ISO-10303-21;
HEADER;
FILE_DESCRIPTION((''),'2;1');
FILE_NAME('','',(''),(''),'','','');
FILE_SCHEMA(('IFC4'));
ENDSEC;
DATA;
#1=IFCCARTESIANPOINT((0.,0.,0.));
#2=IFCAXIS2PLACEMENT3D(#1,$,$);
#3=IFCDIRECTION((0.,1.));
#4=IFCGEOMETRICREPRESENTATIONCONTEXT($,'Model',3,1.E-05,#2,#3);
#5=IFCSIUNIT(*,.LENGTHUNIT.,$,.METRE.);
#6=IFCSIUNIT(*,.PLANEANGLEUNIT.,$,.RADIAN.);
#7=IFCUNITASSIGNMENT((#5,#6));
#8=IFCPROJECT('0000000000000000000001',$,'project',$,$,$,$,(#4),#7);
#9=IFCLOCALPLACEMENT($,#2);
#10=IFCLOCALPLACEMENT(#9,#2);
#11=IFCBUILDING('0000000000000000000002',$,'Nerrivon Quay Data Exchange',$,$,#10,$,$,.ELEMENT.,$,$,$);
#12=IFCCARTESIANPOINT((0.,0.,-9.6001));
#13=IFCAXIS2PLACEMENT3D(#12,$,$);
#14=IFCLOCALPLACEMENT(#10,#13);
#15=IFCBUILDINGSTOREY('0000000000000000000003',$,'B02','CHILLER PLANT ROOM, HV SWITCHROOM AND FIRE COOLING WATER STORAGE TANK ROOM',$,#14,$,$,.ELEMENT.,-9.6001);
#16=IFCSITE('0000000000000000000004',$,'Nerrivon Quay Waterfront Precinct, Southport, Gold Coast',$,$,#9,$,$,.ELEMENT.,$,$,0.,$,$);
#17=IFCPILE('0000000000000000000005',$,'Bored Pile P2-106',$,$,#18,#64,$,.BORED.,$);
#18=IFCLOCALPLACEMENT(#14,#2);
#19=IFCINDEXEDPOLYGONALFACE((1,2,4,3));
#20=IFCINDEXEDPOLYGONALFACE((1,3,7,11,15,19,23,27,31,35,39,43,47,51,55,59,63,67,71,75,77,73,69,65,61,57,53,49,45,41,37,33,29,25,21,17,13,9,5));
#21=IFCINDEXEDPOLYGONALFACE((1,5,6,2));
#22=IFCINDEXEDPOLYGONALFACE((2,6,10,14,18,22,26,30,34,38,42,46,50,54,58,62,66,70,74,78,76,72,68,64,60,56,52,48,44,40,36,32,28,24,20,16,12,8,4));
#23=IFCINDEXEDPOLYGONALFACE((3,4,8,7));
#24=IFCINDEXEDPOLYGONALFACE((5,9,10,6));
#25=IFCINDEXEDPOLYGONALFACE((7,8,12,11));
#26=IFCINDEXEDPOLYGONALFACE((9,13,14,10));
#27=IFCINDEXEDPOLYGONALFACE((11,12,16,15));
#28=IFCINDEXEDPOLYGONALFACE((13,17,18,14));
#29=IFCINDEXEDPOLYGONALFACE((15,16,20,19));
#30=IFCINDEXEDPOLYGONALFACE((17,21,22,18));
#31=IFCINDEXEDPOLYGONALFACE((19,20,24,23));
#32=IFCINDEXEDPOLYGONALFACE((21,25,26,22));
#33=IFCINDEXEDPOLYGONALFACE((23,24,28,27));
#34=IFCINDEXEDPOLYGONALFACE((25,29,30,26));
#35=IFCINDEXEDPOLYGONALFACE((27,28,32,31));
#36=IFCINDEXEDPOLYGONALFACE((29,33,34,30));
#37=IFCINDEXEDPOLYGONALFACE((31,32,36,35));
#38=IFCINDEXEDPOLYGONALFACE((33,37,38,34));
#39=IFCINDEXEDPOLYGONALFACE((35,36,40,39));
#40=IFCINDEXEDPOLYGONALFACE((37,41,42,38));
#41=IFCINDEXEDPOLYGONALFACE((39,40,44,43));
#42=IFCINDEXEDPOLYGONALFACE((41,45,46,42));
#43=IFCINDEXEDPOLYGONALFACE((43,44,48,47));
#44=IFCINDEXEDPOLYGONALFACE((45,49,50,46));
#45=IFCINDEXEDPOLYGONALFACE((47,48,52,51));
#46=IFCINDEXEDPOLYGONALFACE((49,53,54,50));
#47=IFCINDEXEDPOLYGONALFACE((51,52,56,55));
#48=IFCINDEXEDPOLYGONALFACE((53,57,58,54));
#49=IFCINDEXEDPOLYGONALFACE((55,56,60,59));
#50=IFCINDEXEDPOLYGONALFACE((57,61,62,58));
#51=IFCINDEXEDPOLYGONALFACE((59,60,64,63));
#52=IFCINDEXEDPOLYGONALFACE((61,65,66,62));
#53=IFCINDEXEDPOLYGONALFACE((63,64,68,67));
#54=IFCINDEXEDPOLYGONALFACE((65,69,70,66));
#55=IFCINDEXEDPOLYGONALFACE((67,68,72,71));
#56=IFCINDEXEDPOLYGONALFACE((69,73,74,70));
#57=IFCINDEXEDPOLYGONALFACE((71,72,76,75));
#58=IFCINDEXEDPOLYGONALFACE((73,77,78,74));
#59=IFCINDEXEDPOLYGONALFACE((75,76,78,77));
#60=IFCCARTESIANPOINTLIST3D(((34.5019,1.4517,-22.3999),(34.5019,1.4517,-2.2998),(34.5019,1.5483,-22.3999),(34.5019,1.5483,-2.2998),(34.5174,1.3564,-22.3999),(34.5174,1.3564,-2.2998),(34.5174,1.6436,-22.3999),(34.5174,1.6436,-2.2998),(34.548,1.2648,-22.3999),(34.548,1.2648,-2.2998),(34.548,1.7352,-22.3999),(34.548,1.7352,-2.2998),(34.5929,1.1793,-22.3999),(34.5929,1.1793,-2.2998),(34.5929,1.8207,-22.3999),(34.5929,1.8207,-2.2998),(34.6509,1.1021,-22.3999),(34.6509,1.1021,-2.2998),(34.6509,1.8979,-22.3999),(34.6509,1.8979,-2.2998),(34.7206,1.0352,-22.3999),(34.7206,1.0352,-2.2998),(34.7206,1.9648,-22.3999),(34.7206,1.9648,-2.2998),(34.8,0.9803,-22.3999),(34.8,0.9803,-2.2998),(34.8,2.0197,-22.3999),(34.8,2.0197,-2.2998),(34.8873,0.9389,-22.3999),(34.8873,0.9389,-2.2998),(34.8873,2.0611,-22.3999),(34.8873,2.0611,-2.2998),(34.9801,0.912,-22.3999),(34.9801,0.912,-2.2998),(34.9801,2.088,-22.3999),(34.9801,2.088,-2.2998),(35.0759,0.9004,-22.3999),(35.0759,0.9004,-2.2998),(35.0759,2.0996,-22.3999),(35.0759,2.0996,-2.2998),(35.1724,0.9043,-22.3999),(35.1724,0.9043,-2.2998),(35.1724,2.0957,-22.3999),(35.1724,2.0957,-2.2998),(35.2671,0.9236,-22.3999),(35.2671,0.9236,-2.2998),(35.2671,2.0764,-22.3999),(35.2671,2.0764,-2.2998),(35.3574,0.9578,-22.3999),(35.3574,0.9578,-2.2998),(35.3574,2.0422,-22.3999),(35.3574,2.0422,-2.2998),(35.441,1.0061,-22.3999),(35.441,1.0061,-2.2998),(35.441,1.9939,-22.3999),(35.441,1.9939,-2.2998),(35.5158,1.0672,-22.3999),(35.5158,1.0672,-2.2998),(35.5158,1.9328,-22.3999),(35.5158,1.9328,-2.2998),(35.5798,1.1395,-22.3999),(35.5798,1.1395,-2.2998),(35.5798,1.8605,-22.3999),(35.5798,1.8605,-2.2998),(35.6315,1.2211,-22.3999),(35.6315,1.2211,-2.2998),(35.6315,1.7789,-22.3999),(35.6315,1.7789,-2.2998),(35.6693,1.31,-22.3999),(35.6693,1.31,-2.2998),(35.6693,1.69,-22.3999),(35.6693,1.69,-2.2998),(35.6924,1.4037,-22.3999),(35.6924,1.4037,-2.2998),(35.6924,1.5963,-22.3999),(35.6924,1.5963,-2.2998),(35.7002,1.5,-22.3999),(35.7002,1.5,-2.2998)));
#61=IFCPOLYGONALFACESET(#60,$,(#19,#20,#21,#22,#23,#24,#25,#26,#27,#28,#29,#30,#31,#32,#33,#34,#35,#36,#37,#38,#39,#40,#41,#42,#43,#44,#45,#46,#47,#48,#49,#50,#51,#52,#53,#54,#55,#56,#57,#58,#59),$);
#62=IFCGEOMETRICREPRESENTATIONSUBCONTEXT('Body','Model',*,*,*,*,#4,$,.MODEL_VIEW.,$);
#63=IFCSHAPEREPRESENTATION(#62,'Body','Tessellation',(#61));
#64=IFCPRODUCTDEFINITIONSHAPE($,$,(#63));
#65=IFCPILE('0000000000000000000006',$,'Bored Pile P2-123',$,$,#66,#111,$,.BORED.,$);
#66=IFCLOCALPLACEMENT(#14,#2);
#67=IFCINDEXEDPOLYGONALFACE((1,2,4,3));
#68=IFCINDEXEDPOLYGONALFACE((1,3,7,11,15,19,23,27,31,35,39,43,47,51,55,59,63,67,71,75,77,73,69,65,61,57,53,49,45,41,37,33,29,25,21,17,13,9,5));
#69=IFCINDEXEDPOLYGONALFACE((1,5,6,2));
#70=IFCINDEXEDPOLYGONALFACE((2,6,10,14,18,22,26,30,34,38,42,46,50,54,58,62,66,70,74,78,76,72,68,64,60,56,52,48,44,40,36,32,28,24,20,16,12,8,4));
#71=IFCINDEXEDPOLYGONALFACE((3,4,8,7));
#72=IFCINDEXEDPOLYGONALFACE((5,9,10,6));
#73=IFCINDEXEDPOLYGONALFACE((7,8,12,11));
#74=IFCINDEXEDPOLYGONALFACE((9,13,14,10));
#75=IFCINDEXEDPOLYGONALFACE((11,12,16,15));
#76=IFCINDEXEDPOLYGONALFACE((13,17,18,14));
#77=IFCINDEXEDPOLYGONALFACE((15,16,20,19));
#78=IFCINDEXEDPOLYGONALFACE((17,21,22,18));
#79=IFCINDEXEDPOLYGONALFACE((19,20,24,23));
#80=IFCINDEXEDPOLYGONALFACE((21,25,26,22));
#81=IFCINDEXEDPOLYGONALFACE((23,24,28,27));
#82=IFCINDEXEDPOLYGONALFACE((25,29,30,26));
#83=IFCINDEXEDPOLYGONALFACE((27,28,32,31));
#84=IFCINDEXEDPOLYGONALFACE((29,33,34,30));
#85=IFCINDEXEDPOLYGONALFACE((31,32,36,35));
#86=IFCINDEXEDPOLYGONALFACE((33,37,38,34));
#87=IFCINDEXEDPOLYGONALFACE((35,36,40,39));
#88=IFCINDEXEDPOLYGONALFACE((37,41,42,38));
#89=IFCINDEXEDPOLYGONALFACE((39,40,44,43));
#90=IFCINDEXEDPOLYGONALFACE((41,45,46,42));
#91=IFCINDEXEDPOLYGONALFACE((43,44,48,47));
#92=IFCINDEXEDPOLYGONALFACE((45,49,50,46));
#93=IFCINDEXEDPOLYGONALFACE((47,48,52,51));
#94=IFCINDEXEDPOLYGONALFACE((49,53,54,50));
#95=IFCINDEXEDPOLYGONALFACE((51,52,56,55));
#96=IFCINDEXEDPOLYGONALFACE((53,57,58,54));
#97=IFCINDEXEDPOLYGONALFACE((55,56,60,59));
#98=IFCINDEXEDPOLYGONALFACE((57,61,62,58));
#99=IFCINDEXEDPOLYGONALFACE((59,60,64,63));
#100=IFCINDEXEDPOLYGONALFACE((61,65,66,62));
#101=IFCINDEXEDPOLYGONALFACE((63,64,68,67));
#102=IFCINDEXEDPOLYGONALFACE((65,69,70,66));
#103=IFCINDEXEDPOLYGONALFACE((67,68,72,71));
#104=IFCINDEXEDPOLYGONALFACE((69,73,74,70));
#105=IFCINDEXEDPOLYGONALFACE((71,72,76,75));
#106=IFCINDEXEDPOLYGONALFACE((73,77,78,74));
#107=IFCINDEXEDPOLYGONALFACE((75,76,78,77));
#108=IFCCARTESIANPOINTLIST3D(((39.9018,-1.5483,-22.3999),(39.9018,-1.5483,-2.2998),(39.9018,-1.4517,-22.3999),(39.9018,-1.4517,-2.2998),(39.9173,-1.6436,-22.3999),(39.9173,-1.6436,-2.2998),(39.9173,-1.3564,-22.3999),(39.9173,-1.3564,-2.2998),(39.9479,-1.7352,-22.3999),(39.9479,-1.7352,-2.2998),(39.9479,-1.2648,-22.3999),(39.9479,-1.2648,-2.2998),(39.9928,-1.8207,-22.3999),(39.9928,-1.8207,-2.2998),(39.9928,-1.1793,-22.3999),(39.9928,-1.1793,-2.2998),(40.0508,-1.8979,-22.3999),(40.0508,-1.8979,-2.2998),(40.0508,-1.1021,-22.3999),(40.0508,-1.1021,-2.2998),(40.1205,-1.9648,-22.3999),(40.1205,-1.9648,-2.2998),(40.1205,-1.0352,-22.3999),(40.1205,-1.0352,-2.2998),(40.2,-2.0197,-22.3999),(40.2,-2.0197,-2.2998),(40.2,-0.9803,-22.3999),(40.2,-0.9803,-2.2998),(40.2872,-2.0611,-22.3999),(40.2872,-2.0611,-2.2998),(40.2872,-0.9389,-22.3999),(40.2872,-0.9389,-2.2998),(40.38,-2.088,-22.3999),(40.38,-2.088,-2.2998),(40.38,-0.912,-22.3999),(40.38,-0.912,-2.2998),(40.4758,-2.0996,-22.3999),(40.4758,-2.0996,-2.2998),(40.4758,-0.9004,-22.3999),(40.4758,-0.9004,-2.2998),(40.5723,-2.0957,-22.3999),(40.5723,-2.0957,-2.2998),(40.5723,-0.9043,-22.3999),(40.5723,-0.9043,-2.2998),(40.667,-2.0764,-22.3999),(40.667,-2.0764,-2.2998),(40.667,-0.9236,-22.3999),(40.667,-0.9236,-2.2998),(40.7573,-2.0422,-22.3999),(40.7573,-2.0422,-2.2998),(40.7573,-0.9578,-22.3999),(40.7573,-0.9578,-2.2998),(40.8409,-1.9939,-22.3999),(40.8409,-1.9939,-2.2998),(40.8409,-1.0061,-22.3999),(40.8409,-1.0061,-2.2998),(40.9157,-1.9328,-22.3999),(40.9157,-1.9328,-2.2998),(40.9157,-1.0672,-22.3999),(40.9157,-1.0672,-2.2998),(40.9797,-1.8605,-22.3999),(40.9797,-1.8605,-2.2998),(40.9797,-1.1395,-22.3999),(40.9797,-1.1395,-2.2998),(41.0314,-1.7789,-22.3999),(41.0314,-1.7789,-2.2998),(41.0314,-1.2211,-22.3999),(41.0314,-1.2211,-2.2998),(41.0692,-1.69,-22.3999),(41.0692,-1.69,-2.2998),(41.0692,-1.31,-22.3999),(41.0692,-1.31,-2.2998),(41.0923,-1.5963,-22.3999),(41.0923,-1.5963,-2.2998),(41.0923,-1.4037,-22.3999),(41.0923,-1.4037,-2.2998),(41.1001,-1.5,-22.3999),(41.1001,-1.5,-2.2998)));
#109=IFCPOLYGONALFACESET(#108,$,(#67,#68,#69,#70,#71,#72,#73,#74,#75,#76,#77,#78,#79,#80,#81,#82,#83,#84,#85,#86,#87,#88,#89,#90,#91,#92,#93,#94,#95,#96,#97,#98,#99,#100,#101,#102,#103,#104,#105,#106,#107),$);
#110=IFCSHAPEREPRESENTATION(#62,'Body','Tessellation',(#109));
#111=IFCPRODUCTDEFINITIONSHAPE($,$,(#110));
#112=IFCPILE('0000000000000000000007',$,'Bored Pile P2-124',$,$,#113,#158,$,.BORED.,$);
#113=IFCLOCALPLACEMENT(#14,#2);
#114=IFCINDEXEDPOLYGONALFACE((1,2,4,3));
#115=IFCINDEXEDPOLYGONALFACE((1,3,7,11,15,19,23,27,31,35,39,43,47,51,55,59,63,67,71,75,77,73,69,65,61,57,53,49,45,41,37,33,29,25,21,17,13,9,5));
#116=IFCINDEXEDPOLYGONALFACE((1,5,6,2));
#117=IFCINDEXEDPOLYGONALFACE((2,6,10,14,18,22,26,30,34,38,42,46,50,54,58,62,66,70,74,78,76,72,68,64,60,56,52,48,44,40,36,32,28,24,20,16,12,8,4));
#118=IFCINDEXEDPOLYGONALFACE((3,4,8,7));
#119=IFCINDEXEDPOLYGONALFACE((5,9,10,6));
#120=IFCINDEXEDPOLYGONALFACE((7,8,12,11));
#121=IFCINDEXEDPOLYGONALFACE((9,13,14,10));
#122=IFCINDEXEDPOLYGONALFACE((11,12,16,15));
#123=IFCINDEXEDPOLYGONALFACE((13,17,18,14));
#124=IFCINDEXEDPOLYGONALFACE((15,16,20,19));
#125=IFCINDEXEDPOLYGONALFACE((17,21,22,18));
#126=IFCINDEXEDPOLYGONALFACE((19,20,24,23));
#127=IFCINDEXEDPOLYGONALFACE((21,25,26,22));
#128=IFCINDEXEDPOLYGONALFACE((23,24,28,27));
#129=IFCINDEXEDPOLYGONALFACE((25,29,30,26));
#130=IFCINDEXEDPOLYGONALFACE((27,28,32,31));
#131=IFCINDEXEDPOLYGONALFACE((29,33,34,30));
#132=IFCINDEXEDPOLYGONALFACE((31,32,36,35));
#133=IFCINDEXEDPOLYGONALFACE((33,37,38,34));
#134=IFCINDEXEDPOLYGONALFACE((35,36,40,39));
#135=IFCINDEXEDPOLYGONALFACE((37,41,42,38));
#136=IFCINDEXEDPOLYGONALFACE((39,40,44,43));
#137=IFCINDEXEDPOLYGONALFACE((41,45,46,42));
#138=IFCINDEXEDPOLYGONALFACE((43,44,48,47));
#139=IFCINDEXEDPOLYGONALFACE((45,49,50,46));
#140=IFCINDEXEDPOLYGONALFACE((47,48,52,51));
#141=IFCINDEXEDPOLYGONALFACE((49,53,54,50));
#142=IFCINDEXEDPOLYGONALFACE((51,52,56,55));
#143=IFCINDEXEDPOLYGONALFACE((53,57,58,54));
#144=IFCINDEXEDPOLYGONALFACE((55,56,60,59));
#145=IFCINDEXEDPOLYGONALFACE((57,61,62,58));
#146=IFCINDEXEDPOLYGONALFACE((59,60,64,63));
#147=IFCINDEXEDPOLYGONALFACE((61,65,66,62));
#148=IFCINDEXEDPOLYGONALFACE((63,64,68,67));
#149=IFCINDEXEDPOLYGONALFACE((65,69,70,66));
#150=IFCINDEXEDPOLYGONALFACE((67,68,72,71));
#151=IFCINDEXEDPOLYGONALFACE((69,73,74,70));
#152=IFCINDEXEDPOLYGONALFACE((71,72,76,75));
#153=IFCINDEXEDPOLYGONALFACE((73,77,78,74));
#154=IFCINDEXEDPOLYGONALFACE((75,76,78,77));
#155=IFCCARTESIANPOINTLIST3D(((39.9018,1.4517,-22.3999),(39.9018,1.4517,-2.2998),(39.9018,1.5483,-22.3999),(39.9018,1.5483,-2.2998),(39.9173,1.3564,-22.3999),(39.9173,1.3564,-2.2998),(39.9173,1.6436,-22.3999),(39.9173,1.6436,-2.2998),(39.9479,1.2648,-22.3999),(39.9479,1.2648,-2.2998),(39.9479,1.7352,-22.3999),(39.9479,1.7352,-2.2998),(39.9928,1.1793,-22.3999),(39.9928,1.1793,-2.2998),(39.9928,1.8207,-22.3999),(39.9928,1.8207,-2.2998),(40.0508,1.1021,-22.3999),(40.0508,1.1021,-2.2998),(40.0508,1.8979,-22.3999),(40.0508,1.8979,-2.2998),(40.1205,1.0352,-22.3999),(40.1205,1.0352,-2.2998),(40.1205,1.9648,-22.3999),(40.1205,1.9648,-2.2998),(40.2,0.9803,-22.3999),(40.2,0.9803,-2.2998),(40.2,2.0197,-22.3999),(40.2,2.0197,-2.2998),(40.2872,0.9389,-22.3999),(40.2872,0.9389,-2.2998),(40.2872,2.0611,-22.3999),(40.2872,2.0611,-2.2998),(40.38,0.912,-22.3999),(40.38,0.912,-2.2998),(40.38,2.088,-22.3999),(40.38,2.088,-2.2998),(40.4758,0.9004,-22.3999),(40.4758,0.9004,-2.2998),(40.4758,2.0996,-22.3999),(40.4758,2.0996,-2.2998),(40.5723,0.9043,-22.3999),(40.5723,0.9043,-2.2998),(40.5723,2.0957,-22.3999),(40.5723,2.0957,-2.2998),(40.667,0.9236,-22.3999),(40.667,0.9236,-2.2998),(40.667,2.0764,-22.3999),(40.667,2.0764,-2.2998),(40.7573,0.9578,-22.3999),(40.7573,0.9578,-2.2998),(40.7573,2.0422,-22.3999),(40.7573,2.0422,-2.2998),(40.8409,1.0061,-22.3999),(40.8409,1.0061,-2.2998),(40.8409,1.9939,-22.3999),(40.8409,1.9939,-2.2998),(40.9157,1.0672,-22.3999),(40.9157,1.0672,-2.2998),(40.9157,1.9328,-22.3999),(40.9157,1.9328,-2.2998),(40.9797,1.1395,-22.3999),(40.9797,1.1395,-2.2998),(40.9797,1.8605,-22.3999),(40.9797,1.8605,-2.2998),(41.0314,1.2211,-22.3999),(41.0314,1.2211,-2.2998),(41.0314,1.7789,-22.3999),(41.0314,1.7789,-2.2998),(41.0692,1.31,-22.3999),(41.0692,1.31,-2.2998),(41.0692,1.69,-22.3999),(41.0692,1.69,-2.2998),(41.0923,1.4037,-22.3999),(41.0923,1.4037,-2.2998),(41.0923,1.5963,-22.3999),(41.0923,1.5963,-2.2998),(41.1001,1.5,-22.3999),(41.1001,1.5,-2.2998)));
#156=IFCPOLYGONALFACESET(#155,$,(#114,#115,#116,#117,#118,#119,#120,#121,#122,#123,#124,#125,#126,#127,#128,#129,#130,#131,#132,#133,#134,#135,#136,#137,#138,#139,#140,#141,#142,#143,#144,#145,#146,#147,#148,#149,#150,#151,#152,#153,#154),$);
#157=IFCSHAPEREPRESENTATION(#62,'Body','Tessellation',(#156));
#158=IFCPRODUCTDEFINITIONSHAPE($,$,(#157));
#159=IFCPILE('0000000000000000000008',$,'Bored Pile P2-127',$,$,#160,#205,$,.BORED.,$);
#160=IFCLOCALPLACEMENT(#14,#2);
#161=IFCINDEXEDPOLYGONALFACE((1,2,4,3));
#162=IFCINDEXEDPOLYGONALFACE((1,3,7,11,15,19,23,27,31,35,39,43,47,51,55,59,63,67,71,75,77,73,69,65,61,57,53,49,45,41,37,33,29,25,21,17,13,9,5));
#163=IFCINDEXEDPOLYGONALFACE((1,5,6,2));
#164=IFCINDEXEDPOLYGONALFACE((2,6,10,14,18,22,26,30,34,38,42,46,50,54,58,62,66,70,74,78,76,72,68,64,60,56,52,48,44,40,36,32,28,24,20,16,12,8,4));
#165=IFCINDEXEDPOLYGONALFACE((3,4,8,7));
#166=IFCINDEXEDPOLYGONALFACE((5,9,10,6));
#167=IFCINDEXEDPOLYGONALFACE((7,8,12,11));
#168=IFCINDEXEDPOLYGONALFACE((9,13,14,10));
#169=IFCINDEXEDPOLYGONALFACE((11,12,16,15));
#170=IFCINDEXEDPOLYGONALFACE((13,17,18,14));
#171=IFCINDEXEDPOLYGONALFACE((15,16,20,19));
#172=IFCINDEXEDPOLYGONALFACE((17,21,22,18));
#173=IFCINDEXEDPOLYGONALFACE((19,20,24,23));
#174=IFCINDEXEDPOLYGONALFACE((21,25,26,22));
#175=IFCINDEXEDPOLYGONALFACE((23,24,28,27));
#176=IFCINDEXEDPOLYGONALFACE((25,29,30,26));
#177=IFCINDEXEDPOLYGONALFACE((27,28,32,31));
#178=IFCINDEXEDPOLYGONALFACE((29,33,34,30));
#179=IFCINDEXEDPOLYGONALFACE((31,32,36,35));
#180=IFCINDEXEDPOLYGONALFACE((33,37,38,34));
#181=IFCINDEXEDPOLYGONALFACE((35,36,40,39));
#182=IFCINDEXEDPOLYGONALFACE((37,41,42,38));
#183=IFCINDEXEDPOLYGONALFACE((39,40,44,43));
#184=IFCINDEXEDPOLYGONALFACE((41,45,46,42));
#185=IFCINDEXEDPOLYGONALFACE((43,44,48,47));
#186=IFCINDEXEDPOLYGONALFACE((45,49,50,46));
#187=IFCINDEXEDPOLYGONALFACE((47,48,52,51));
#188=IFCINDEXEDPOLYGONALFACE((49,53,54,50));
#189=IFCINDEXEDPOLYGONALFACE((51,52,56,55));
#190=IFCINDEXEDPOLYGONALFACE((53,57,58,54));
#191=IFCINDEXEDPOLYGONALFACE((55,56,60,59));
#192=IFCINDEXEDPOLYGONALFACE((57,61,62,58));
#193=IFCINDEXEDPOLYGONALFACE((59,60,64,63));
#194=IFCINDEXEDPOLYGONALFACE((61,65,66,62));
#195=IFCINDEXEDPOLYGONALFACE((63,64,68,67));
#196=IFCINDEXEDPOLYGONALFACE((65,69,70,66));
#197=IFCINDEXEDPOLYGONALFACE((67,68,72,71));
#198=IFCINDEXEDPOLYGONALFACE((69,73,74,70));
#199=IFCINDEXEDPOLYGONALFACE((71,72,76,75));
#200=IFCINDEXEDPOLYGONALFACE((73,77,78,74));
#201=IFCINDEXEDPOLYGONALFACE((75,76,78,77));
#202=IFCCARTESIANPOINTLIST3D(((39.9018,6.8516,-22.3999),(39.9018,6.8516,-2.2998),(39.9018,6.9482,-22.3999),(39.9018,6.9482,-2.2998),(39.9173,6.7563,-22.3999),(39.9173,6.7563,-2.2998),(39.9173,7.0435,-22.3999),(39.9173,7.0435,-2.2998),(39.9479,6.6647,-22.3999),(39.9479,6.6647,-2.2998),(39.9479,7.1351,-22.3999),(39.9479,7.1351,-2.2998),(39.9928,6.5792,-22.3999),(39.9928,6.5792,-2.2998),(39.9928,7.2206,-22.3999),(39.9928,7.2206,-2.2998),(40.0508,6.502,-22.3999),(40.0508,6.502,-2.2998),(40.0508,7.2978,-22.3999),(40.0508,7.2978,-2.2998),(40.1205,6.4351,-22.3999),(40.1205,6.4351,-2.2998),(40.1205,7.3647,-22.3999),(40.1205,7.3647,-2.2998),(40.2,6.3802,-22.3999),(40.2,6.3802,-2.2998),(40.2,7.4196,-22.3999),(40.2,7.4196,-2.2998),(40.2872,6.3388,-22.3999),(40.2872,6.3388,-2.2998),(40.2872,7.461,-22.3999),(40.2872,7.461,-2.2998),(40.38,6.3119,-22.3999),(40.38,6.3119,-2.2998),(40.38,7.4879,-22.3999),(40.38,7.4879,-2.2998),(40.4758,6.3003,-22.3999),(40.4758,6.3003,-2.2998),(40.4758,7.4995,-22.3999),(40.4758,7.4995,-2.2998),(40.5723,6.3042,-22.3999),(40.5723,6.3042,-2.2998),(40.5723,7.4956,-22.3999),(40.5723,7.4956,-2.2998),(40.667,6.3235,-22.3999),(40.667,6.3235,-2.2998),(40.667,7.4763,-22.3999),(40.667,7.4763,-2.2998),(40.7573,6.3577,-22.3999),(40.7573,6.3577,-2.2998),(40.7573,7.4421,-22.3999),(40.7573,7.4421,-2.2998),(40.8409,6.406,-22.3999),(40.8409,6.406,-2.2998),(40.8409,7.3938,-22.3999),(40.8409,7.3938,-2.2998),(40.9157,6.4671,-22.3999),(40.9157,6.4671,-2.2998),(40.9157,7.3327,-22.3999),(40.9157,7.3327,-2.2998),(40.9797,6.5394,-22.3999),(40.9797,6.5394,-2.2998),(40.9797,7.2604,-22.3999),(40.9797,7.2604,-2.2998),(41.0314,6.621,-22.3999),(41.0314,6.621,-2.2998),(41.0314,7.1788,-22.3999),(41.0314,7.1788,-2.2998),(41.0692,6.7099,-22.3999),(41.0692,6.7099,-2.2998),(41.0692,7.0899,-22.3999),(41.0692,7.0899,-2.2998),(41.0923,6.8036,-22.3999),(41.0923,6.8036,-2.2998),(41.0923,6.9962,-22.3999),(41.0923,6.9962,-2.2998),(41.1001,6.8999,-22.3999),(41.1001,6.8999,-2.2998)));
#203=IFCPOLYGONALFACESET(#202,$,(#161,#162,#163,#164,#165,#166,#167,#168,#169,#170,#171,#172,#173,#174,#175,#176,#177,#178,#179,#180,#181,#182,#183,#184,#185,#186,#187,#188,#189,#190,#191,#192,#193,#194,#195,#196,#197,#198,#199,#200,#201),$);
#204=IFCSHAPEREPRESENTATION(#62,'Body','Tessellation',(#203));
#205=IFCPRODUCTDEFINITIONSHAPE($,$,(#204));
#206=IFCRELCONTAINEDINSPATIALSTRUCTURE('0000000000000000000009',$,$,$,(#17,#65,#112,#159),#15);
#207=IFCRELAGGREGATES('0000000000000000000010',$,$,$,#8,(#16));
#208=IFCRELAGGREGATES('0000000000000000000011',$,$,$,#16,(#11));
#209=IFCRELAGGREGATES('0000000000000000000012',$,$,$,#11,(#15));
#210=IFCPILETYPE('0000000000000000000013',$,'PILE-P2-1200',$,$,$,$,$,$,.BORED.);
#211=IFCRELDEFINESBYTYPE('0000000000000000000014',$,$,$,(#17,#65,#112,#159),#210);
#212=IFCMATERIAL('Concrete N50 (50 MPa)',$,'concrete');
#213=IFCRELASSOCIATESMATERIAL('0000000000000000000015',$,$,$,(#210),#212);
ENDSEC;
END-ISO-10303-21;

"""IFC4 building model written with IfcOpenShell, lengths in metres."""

from ifc_helpers import new_model, si_unit, direction, frame, origin, origin_2d, place, context, subcontext, project, spatial, circle, extrude, material, material_profile, profile_set, type_object, element, save


model = new_model("IFC4")

# Units and contexts
model_context = context("Model", 3, precision=1e-05, world=origin(), true_north=direction((0.0, 1.0)))
body_context = subcontext(model_context, "Body", "Model", "MODEL_VIEW")
ifc_project = project(units=[si_unit("LENGTHUNIT", "METRE"), si_unit("PLANEANGLEUNIT", "RADIAN")], contexts=[model_context])

# Site, building, storey
site_placement = place(None, origin())
site = spatial("IfcSite", under=ifc_project, at=site_placement, Name="Nerrivon Quay Waterfront Precinct, Southport, Gold Coast", CompositionType="ELEMENT", RefElevation=0.0)
building_placement = place(site_placement, origin())
building = spatial("IfcBuilding", under=site, at=building_placement, Name="Nerrivon Quay Data Exchange", CompositionType="ELEMENT")
storey_placement = place(building_placement, frame((0.0, 0.0, -9.6001)))
storey = spatial("IfcBuildingStorey", under=building, at=storey_placement, Name="B02", Description="CHILLER PLANT ROOM, HV SWITCHROOM AND FIRE COOLING WATER STORAGE TANK ROOM", CompositionType="ELEMENT", Elevation=-9.6001)

# Piles
ifc_material_1 = material(Name="Concrete N50 (50 MPa)", Category="concrete")
ifc_material_profile_1 = material_profile(ifc_material_1, circle(Radius=0.6001, at=origin_2d()), Name="PILE-1200")
ifc_profile_set_1 = profile_set([ifc_material_profile_1], Name="Concrete N50 (50 MPa)")
pile_type_1 = type_object("IfcPileType", Name="PILE-P2-1200", PredefinedType="BORED", material=ifc_profile_set_1)
for number, where, z_axis, x_axis, name in (
    (1, (35.1001, 1.5, -2.2998), (0.0, 0.0, -1.0), (1.0, 0.0, 0.0), "Bored Pile P2-106"),
    (2, (40.5, -1.5, -2.2998), (0.0, 0.0, -1.0), (1.0, 0.0, 0.0), "Bored Pile P2-123"),
    (3, (40.5, 1.5, -2.2998), (0.0, 0.0, -1.0), (1.0, 0.0, 0.0), "Bored Pile P2-124"),
    (4, (40.5, 6.8999, -2.2998), (0.0, 0.0, -1.0), (1.0, 0.0, 0.0), "Bored Pile P2-127"),
):
    element("IfcPile", number, at=place(storey_placement, frame(where, z_axis=z_axis, x_axis=x_axis)), inside=storey, type_object=pile_type_1, Name=name, PredefinedType="BORED", context=body_context, shape_type="SweptSolid", body=[
        extrude(circle(Radius=0.6001, at=origin_2d()), origin(), (0.0, 0.0, 1.0), 20.1001),
    ])

save(model, "model.ifc")
